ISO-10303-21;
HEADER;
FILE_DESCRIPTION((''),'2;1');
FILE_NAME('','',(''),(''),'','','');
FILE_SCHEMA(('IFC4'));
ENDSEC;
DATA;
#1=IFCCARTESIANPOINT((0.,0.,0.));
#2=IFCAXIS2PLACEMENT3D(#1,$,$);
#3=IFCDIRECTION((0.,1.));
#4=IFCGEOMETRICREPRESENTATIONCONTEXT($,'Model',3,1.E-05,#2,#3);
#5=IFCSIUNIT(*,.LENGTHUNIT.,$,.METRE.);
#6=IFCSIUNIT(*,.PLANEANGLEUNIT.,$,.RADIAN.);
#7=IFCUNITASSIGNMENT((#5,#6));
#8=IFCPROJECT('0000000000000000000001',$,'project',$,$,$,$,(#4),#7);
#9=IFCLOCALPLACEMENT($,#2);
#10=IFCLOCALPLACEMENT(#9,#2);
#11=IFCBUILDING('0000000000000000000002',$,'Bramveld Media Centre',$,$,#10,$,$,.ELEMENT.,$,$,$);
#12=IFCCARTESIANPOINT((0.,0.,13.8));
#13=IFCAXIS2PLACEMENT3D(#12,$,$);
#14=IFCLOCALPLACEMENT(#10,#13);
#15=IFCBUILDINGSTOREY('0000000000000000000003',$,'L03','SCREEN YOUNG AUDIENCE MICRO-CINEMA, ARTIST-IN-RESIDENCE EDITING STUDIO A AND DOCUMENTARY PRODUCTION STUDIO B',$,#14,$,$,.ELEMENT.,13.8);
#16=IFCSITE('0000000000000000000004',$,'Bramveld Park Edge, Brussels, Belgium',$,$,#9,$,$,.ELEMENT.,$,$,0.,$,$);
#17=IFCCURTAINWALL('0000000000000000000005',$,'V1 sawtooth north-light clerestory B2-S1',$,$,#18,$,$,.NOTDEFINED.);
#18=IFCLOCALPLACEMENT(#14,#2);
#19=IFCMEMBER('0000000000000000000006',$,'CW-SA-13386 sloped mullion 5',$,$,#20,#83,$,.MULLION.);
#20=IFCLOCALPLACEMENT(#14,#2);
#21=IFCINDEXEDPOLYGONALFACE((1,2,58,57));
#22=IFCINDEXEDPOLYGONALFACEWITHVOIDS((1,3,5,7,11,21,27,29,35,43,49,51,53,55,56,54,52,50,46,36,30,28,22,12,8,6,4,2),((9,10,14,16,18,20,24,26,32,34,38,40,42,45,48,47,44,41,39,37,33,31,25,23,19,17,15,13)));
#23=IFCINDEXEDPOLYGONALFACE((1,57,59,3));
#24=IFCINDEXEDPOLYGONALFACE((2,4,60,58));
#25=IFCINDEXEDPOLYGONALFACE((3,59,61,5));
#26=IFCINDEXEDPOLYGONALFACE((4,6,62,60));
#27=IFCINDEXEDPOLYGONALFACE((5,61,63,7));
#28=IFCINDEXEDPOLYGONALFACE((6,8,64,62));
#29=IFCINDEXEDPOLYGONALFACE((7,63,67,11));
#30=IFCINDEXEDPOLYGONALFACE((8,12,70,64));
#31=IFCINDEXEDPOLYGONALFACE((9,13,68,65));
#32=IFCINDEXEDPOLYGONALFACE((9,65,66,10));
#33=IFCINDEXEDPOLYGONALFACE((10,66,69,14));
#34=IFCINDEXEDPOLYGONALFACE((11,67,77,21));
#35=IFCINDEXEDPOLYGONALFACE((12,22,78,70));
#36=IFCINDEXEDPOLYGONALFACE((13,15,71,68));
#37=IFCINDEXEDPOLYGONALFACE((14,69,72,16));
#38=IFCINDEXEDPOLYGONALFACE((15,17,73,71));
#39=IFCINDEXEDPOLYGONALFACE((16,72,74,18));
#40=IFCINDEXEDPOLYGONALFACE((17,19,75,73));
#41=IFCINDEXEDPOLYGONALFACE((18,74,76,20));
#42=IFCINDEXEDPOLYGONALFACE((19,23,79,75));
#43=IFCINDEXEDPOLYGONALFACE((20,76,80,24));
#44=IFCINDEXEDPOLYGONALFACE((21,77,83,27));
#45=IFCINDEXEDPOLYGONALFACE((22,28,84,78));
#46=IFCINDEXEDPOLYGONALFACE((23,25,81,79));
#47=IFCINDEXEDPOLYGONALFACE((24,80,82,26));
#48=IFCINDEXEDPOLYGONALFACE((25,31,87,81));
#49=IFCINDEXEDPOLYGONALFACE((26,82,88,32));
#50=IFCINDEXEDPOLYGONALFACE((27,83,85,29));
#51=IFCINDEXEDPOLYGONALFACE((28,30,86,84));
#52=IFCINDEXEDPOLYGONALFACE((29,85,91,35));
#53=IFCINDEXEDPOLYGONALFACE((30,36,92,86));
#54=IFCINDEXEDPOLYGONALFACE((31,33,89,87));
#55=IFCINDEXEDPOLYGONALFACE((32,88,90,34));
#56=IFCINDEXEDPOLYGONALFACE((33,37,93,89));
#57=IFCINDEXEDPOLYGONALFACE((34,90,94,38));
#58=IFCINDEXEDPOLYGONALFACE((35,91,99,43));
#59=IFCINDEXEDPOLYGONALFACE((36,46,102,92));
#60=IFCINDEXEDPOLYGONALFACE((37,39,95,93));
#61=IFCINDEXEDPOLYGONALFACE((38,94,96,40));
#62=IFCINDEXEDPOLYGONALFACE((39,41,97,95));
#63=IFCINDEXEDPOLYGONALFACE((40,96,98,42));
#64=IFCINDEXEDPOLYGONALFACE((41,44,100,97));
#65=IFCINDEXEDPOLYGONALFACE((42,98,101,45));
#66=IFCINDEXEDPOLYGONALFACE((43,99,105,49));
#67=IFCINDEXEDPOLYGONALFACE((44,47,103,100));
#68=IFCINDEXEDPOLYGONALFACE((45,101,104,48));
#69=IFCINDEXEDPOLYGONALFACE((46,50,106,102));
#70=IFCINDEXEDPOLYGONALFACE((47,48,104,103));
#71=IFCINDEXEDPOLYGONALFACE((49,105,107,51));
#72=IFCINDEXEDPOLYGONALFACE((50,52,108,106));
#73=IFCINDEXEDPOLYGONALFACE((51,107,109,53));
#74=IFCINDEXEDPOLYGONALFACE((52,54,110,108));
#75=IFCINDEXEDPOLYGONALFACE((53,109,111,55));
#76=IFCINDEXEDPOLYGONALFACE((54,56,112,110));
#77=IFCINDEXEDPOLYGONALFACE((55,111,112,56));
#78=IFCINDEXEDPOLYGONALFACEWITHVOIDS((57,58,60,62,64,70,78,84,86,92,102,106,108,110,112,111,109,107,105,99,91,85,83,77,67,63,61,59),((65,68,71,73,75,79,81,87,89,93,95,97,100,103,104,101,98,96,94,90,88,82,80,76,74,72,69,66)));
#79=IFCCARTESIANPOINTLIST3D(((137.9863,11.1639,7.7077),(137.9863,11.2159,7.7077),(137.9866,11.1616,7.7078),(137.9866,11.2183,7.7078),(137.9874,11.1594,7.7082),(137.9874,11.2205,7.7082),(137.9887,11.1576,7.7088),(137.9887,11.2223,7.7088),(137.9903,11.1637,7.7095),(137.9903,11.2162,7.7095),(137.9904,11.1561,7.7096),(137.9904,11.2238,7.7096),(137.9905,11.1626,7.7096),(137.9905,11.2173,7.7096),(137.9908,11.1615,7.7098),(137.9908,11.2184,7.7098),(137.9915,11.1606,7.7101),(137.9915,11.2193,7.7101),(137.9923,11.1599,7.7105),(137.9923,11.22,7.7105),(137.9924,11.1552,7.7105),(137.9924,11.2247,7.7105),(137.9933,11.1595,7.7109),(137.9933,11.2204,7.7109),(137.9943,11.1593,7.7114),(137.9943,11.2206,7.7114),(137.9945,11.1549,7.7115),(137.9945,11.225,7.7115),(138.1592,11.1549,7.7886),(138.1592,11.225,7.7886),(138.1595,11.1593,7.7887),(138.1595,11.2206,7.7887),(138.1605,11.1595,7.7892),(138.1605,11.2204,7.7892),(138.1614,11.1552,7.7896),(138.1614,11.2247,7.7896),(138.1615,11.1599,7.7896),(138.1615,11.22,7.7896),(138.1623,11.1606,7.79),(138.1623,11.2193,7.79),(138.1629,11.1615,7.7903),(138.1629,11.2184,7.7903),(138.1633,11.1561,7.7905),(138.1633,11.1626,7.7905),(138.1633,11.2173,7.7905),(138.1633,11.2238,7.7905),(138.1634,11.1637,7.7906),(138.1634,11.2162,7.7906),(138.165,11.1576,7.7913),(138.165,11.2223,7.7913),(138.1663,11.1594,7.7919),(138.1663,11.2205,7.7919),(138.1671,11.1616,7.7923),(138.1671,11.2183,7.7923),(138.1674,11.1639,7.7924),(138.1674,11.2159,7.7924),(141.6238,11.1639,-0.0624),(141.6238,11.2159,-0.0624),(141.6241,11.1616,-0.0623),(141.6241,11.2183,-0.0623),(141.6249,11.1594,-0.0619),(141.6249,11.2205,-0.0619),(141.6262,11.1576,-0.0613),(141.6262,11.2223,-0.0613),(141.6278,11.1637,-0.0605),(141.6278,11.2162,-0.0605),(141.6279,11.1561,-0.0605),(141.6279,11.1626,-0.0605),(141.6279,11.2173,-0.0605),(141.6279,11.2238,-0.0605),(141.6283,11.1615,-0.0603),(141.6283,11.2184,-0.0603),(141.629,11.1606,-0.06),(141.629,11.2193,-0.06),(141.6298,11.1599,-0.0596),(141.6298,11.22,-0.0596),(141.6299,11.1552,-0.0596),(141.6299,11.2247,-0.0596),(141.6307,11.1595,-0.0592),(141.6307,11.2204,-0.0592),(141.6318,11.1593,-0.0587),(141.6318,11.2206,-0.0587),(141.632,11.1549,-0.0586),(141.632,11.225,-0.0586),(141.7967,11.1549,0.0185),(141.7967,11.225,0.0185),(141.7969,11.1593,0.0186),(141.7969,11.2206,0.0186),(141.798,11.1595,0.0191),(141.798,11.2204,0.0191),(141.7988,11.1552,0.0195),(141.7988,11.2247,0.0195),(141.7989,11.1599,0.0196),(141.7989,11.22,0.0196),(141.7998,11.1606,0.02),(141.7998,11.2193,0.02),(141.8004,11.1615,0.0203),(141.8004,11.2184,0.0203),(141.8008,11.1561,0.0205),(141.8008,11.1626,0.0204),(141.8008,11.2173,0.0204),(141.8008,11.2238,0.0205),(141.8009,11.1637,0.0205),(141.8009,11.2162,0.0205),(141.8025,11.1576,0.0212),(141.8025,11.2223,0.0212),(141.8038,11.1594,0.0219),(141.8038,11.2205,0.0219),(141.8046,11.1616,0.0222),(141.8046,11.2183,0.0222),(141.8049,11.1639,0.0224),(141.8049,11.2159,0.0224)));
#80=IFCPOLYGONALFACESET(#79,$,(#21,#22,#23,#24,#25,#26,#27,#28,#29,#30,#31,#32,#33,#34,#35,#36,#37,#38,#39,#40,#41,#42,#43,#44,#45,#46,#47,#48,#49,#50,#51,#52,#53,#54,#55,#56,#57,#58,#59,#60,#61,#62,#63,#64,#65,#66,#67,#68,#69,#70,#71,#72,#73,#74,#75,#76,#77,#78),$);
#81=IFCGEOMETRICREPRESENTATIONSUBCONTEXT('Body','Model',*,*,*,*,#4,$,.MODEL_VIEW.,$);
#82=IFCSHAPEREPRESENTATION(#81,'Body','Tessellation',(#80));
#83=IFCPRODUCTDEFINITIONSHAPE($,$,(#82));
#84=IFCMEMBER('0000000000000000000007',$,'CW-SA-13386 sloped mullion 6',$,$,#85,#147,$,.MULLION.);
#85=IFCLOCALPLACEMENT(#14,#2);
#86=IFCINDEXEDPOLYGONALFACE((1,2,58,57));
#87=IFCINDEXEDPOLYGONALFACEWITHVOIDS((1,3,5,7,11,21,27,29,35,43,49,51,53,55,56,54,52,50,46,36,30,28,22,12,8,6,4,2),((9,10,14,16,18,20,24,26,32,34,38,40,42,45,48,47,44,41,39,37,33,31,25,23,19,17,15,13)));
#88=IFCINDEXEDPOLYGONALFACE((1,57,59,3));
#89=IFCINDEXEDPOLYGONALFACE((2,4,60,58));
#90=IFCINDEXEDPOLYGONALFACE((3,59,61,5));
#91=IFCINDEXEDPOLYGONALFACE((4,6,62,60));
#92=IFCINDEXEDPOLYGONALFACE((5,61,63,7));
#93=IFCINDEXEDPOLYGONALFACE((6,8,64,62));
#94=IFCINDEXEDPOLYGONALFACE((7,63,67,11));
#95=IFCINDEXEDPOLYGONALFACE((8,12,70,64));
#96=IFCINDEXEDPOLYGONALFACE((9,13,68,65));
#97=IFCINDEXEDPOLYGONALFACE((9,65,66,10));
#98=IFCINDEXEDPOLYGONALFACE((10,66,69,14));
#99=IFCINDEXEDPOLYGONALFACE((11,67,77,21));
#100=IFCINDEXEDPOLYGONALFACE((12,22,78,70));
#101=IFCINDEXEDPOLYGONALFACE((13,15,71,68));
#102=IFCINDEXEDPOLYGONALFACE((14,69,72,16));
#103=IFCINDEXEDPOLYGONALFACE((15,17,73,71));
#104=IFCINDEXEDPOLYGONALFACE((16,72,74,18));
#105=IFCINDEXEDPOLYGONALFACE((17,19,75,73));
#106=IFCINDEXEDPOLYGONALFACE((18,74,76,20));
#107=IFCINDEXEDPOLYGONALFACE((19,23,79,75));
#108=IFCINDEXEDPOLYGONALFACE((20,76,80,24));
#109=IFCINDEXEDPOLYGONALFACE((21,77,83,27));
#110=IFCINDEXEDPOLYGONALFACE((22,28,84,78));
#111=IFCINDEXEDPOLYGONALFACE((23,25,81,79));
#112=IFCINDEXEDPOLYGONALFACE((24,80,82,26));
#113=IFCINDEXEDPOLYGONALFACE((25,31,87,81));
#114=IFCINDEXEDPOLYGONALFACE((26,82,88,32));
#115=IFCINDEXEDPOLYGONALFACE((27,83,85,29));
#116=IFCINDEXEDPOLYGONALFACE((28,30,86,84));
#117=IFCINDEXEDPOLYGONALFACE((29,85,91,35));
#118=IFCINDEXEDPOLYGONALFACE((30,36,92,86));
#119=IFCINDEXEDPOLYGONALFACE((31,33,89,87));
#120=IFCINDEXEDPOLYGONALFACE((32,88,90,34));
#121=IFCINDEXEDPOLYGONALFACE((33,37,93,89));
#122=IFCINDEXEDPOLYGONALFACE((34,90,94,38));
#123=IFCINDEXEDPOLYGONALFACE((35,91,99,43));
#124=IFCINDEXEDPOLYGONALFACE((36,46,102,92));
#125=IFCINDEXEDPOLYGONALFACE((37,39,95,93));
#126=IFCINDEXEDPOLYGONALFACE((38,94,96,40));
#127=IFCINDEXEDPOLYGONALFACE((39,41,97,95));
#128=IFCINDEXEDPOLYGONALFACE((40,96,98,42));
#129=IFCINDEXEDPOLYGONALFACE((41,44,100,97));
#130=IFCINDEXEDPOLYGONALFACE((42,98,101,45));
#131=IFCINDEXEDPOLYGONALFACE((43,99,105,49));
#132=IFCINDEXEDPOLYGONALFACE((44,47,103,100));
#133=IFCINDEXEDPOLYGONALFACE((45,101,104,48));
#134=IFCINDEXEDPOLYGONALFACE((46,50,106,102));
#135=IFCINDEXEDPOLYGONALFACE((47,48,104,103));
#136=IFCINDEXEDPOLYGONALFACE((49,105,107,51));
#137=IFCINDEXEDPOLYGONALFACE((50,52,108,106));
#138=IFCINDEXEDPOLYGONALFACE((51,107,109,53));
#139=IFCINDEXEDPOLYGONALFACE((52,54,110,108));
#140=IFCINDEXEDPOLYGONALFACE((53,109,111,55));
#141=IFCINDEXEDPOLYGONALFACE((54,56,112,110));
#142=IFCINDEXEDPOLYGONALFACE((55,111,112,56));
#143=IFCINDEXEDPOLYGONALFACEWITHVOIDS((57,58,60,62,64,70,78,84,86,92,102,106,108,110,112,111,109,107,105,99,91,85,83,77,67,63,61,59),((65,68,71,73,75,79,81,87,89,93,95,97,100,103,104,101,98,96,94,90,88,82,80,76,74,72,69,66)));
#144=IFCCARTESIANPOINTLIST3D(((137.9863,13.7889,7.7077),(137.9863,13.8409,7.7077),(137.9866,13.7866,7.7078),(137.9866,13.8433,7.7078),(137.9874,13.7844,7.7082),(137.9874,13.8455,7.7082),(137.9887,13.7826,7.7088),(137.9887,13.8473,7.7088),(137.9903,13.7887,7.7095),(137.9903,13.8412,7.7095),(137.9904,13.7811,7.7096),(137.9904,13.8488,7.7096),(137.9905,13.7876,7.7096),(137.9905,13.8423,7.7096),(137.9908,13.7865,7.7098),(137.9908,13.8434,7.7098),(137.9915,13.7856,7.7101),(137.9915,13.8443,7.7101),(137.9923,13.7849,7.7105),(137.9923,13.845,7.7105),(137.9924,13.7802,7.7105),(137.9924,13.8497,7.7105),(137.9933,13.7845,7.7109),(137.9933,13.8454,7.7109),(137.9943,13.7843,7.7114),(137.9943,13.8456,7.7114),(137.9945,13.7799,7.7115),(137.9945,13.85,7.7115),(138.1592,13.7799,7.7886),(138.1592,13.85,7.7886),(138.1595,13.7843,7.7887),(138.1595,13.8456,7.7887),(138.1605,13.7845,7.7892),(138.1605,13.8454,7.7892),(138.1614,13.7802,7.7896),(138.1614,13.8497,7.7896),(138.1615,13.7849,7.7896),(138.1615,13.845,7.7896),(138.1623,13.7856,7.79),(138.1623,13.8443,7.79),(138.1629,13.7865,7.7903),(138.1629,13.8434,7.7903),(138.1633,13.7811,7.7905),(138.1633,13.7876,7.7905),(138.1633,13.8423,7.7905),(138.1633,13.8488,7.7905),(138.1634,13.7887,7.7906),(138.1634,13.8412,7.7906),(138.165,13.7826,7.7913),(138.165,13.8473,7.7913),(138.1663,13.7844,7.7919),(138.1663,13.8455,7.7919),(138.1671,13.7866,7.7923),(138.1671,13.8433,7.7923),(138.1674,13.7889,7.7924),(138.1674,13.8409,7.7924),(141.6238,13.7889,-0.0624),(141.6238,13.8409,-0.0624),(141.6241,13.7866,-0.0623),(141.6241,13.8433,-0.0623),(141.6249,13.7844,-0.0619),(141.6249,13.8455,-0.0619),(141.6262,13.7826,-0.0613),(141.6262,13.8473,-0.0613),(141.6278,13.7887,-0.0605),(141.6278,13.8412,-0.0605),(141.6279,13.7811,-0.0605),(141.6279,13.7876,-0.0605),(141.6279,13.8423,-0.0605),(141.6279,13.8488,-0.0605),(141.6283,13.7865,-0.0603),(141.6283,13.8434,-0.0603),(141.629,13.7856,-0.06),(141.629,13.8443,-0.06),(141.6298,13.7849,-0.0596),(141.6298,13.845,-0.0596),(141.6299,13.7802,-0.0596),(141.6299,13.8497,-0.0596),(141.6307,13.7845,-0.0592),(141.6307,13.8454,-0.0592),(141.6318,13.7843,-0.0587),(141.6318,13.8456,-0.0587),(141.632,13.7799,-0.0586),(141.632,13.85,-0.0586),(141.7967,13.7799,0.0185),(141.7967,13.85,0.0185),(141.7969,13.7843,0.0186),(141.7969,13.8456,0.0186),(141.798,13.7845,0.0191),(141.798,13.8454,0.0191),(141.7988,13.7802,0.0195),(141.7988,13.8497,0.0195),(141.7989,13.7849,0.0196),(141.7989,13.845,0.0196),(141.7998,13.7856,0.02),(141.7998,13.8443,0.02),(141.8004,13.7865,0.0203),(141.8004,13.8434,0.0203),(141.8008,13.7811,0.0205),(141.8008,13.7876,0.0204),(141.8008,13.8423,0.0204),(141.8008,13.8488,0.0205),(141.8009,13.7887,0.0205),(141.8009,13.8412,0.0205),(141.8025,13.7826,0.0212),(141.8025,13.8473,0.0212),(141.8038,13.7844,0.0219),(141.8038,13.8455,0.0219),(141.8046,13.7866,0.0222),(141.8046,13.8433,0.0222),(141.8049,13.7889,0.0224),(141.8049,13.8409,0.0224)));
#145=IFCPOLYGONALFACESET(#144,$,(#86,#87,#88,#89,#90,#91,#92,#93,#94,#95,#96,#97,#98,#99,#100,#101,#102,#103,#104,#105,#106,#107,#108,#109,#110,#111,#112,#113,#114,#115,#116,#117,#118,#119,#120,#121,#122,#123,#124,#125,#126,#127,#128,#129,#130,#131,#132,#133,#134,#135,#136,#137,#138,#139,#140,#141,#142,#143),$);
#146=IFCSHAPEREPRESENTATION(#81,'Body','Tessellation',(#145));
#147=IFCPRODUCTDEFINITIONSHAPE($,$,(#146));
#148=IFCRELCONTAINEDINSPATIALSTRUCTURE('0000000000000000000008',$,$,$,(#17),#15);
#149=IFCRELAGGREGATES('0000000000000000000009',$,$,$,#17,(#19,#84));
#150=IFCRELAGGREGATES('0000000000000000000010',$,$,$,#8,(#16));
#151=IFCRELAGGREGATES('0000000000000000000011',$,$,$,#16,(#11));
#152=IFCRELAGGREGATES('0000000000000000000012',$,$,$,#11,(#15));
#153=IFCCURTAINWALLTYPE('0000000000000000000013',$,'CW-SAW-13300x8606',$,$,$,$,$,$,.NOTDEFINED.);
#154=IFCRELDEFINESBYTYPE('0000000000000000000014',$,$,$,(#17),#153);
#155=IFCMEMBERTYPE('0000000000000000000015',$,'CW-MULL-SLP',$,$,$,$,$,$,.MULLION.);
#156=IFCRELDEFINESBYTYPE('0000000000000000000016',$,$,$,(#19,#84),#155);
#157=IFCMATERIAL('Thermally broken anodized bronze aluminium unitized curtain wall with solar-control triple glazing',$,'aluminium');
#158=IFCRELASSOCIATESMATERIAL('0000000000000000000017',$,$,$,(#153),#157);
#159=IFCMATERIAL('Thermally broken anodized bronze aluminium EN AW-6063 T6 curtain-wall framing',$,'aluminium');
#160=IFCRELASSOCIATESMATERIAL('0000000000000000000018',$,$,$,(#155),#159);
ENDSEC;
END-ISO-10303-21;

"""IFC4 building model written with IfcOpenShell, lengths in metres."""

from ifc_helpers import new_model, si_unit, direction, frame, origin, origin_2d, place, context, subcontext, project, spatial, hollow_rectangle, extrude, material, material_profile, profile_set, type_object, element, aggregate, save


model = new_model("IFC4")

# Units and contexts
model_context = context("Model", 3, precision=1e-05, world=origin(), true_north=direction((0.0, 1.0)))
body_context = subcontext(model_context, "Body", "Model", "MODEL_VIEW")
ifc_project = project(units=[si_unit("LENGTHUNIT", "METRE"), si_unit("PLANEANGLEUNIT", "RADIAN")], contexts=[model_context])

# Site, building, storey
site_placement = place(None, origin())
site = spatial("IfcSite", under=ifc_project, at=site_placement, Name="Bramveld Park Edge, Brussels, Belgium", CompositionType="ELEMENT", RefElevation=0.0)
building_placement = place(site_placement, origin())
building = spatial("IfcBuilding", under=site, at=building_placement, Name="Bramveld Media Centre", CompositionType="ELEMENT")
storey_placement = place(building_placement, frame((0.0, 0.0, 13.8)))
storey = spatial("IfcBuildingStorey", under=building, at=storey_placement, Name="L03", Description="SCREEN YOUNG AUDIENCE MICRO-CINEMA, ARTIST-IN-RESIDENCE EDITING STUDIO A AND DOCUMENTARY PRODUCTION STUDIO B", CompositionType="ELEMENT", Elevation=13.8)

# Curtain wall, members
ifc_material_1 = material(Name="Thermally broken anodized bronze aluminium unitized curtain wall with solar-control triple glazing", Category="aluminium")
curtain_wall_type = type_object("IfcCurtainWallType", Name="CW-SAW-13300x8606", PredefinedType="NOTDEFINED", material=ifc_material_1)
curtain_wall_1_placement = place(storey_placement, origin())
curtain_wall_1 = element("IfcCurtainWall", 1, at=curtain_wall_1_placement, inside=storey, type_object=curtain_wall_type, Name="V1 sawtooth north-light clerestory B2-S1", PredefinedType="NOTDEFINED")
ifc_material_2 = material(Name="Thermally broken anodized bronze aluminium EN AW-6063 T6 curtain-wall framing", Category="aluminium")
ifc_material_profile_1 = material_profile(ifc_material_2, hollow_rectangle(XDim=0.0701, YDim=0.2, WallThickness=0.0044, InnerFilletRadius=0.0044, OuterFilletRadius=0.009, at=origin_2d()), Name="AL-MULL 70x200")
ifc_profile_set_1 = profile_set([ifc_material_profile_1], Name="Thermally broken anodized bronze aluminium EN AW-6063 T6 curtain-wall framing")
member_type_1 = type_object("IfcMemberType", Name="CW-MULL-SLP", PredefinedType="MULLION", material=ifc_profile_set_1)
member_1_placement = place(storey_placement, frame((141.7144, 11.1899, -0.02), z_axis=(-0.42398, 0.0, 0.905671), x_axis=(0.0, -1.0, 0.0)))
member_1 = element("IfcMember", 2, at=member_1_placement, type_object=member_type_1, Name="CW-SA-13386 sloped mullion 5", PredefinedType="MULLION", context=body_context, shape_type="SweptSolid", body=[
    extrude(hollow_rectangle(XDim=0.0701, YDim=0.2, WallThickness=0.0044, InnerFilletRadius=0.0044, OuterFilletRadius=0.009, at=origin_2d()), origin(), (0.0, 0.0, 1.0), 8.5793),
])
member_2_placement = place(storey_placement, frame((141.7144, 13.8149, -0.02), z_axis=(-0.42398, 0.0, 0.905671), x_axis=(0.0, -1.0, 0.0)))
member_2 = element("IfcMember", 3, at=member_2_placement, type_object=member_type_1, Name="CW-SA-13386 sloped mullion 6", PredefinedType="MULLION", context=body_context, shape_type="SweptSolid", body=[
    extrude(hollow_rectangle(XDim=0.0701, YDim=0.2, WallThickness=0.0044, InnerFilletRadius=0.0044, OuterFilletRadius=0.009, at=origin_2d()), origin(), (0.0, 0.0, 1.0), 8.5793),
])

aggregate(curtain_wall_1, [member_1, member_2])

save(model, "model.ifc")
